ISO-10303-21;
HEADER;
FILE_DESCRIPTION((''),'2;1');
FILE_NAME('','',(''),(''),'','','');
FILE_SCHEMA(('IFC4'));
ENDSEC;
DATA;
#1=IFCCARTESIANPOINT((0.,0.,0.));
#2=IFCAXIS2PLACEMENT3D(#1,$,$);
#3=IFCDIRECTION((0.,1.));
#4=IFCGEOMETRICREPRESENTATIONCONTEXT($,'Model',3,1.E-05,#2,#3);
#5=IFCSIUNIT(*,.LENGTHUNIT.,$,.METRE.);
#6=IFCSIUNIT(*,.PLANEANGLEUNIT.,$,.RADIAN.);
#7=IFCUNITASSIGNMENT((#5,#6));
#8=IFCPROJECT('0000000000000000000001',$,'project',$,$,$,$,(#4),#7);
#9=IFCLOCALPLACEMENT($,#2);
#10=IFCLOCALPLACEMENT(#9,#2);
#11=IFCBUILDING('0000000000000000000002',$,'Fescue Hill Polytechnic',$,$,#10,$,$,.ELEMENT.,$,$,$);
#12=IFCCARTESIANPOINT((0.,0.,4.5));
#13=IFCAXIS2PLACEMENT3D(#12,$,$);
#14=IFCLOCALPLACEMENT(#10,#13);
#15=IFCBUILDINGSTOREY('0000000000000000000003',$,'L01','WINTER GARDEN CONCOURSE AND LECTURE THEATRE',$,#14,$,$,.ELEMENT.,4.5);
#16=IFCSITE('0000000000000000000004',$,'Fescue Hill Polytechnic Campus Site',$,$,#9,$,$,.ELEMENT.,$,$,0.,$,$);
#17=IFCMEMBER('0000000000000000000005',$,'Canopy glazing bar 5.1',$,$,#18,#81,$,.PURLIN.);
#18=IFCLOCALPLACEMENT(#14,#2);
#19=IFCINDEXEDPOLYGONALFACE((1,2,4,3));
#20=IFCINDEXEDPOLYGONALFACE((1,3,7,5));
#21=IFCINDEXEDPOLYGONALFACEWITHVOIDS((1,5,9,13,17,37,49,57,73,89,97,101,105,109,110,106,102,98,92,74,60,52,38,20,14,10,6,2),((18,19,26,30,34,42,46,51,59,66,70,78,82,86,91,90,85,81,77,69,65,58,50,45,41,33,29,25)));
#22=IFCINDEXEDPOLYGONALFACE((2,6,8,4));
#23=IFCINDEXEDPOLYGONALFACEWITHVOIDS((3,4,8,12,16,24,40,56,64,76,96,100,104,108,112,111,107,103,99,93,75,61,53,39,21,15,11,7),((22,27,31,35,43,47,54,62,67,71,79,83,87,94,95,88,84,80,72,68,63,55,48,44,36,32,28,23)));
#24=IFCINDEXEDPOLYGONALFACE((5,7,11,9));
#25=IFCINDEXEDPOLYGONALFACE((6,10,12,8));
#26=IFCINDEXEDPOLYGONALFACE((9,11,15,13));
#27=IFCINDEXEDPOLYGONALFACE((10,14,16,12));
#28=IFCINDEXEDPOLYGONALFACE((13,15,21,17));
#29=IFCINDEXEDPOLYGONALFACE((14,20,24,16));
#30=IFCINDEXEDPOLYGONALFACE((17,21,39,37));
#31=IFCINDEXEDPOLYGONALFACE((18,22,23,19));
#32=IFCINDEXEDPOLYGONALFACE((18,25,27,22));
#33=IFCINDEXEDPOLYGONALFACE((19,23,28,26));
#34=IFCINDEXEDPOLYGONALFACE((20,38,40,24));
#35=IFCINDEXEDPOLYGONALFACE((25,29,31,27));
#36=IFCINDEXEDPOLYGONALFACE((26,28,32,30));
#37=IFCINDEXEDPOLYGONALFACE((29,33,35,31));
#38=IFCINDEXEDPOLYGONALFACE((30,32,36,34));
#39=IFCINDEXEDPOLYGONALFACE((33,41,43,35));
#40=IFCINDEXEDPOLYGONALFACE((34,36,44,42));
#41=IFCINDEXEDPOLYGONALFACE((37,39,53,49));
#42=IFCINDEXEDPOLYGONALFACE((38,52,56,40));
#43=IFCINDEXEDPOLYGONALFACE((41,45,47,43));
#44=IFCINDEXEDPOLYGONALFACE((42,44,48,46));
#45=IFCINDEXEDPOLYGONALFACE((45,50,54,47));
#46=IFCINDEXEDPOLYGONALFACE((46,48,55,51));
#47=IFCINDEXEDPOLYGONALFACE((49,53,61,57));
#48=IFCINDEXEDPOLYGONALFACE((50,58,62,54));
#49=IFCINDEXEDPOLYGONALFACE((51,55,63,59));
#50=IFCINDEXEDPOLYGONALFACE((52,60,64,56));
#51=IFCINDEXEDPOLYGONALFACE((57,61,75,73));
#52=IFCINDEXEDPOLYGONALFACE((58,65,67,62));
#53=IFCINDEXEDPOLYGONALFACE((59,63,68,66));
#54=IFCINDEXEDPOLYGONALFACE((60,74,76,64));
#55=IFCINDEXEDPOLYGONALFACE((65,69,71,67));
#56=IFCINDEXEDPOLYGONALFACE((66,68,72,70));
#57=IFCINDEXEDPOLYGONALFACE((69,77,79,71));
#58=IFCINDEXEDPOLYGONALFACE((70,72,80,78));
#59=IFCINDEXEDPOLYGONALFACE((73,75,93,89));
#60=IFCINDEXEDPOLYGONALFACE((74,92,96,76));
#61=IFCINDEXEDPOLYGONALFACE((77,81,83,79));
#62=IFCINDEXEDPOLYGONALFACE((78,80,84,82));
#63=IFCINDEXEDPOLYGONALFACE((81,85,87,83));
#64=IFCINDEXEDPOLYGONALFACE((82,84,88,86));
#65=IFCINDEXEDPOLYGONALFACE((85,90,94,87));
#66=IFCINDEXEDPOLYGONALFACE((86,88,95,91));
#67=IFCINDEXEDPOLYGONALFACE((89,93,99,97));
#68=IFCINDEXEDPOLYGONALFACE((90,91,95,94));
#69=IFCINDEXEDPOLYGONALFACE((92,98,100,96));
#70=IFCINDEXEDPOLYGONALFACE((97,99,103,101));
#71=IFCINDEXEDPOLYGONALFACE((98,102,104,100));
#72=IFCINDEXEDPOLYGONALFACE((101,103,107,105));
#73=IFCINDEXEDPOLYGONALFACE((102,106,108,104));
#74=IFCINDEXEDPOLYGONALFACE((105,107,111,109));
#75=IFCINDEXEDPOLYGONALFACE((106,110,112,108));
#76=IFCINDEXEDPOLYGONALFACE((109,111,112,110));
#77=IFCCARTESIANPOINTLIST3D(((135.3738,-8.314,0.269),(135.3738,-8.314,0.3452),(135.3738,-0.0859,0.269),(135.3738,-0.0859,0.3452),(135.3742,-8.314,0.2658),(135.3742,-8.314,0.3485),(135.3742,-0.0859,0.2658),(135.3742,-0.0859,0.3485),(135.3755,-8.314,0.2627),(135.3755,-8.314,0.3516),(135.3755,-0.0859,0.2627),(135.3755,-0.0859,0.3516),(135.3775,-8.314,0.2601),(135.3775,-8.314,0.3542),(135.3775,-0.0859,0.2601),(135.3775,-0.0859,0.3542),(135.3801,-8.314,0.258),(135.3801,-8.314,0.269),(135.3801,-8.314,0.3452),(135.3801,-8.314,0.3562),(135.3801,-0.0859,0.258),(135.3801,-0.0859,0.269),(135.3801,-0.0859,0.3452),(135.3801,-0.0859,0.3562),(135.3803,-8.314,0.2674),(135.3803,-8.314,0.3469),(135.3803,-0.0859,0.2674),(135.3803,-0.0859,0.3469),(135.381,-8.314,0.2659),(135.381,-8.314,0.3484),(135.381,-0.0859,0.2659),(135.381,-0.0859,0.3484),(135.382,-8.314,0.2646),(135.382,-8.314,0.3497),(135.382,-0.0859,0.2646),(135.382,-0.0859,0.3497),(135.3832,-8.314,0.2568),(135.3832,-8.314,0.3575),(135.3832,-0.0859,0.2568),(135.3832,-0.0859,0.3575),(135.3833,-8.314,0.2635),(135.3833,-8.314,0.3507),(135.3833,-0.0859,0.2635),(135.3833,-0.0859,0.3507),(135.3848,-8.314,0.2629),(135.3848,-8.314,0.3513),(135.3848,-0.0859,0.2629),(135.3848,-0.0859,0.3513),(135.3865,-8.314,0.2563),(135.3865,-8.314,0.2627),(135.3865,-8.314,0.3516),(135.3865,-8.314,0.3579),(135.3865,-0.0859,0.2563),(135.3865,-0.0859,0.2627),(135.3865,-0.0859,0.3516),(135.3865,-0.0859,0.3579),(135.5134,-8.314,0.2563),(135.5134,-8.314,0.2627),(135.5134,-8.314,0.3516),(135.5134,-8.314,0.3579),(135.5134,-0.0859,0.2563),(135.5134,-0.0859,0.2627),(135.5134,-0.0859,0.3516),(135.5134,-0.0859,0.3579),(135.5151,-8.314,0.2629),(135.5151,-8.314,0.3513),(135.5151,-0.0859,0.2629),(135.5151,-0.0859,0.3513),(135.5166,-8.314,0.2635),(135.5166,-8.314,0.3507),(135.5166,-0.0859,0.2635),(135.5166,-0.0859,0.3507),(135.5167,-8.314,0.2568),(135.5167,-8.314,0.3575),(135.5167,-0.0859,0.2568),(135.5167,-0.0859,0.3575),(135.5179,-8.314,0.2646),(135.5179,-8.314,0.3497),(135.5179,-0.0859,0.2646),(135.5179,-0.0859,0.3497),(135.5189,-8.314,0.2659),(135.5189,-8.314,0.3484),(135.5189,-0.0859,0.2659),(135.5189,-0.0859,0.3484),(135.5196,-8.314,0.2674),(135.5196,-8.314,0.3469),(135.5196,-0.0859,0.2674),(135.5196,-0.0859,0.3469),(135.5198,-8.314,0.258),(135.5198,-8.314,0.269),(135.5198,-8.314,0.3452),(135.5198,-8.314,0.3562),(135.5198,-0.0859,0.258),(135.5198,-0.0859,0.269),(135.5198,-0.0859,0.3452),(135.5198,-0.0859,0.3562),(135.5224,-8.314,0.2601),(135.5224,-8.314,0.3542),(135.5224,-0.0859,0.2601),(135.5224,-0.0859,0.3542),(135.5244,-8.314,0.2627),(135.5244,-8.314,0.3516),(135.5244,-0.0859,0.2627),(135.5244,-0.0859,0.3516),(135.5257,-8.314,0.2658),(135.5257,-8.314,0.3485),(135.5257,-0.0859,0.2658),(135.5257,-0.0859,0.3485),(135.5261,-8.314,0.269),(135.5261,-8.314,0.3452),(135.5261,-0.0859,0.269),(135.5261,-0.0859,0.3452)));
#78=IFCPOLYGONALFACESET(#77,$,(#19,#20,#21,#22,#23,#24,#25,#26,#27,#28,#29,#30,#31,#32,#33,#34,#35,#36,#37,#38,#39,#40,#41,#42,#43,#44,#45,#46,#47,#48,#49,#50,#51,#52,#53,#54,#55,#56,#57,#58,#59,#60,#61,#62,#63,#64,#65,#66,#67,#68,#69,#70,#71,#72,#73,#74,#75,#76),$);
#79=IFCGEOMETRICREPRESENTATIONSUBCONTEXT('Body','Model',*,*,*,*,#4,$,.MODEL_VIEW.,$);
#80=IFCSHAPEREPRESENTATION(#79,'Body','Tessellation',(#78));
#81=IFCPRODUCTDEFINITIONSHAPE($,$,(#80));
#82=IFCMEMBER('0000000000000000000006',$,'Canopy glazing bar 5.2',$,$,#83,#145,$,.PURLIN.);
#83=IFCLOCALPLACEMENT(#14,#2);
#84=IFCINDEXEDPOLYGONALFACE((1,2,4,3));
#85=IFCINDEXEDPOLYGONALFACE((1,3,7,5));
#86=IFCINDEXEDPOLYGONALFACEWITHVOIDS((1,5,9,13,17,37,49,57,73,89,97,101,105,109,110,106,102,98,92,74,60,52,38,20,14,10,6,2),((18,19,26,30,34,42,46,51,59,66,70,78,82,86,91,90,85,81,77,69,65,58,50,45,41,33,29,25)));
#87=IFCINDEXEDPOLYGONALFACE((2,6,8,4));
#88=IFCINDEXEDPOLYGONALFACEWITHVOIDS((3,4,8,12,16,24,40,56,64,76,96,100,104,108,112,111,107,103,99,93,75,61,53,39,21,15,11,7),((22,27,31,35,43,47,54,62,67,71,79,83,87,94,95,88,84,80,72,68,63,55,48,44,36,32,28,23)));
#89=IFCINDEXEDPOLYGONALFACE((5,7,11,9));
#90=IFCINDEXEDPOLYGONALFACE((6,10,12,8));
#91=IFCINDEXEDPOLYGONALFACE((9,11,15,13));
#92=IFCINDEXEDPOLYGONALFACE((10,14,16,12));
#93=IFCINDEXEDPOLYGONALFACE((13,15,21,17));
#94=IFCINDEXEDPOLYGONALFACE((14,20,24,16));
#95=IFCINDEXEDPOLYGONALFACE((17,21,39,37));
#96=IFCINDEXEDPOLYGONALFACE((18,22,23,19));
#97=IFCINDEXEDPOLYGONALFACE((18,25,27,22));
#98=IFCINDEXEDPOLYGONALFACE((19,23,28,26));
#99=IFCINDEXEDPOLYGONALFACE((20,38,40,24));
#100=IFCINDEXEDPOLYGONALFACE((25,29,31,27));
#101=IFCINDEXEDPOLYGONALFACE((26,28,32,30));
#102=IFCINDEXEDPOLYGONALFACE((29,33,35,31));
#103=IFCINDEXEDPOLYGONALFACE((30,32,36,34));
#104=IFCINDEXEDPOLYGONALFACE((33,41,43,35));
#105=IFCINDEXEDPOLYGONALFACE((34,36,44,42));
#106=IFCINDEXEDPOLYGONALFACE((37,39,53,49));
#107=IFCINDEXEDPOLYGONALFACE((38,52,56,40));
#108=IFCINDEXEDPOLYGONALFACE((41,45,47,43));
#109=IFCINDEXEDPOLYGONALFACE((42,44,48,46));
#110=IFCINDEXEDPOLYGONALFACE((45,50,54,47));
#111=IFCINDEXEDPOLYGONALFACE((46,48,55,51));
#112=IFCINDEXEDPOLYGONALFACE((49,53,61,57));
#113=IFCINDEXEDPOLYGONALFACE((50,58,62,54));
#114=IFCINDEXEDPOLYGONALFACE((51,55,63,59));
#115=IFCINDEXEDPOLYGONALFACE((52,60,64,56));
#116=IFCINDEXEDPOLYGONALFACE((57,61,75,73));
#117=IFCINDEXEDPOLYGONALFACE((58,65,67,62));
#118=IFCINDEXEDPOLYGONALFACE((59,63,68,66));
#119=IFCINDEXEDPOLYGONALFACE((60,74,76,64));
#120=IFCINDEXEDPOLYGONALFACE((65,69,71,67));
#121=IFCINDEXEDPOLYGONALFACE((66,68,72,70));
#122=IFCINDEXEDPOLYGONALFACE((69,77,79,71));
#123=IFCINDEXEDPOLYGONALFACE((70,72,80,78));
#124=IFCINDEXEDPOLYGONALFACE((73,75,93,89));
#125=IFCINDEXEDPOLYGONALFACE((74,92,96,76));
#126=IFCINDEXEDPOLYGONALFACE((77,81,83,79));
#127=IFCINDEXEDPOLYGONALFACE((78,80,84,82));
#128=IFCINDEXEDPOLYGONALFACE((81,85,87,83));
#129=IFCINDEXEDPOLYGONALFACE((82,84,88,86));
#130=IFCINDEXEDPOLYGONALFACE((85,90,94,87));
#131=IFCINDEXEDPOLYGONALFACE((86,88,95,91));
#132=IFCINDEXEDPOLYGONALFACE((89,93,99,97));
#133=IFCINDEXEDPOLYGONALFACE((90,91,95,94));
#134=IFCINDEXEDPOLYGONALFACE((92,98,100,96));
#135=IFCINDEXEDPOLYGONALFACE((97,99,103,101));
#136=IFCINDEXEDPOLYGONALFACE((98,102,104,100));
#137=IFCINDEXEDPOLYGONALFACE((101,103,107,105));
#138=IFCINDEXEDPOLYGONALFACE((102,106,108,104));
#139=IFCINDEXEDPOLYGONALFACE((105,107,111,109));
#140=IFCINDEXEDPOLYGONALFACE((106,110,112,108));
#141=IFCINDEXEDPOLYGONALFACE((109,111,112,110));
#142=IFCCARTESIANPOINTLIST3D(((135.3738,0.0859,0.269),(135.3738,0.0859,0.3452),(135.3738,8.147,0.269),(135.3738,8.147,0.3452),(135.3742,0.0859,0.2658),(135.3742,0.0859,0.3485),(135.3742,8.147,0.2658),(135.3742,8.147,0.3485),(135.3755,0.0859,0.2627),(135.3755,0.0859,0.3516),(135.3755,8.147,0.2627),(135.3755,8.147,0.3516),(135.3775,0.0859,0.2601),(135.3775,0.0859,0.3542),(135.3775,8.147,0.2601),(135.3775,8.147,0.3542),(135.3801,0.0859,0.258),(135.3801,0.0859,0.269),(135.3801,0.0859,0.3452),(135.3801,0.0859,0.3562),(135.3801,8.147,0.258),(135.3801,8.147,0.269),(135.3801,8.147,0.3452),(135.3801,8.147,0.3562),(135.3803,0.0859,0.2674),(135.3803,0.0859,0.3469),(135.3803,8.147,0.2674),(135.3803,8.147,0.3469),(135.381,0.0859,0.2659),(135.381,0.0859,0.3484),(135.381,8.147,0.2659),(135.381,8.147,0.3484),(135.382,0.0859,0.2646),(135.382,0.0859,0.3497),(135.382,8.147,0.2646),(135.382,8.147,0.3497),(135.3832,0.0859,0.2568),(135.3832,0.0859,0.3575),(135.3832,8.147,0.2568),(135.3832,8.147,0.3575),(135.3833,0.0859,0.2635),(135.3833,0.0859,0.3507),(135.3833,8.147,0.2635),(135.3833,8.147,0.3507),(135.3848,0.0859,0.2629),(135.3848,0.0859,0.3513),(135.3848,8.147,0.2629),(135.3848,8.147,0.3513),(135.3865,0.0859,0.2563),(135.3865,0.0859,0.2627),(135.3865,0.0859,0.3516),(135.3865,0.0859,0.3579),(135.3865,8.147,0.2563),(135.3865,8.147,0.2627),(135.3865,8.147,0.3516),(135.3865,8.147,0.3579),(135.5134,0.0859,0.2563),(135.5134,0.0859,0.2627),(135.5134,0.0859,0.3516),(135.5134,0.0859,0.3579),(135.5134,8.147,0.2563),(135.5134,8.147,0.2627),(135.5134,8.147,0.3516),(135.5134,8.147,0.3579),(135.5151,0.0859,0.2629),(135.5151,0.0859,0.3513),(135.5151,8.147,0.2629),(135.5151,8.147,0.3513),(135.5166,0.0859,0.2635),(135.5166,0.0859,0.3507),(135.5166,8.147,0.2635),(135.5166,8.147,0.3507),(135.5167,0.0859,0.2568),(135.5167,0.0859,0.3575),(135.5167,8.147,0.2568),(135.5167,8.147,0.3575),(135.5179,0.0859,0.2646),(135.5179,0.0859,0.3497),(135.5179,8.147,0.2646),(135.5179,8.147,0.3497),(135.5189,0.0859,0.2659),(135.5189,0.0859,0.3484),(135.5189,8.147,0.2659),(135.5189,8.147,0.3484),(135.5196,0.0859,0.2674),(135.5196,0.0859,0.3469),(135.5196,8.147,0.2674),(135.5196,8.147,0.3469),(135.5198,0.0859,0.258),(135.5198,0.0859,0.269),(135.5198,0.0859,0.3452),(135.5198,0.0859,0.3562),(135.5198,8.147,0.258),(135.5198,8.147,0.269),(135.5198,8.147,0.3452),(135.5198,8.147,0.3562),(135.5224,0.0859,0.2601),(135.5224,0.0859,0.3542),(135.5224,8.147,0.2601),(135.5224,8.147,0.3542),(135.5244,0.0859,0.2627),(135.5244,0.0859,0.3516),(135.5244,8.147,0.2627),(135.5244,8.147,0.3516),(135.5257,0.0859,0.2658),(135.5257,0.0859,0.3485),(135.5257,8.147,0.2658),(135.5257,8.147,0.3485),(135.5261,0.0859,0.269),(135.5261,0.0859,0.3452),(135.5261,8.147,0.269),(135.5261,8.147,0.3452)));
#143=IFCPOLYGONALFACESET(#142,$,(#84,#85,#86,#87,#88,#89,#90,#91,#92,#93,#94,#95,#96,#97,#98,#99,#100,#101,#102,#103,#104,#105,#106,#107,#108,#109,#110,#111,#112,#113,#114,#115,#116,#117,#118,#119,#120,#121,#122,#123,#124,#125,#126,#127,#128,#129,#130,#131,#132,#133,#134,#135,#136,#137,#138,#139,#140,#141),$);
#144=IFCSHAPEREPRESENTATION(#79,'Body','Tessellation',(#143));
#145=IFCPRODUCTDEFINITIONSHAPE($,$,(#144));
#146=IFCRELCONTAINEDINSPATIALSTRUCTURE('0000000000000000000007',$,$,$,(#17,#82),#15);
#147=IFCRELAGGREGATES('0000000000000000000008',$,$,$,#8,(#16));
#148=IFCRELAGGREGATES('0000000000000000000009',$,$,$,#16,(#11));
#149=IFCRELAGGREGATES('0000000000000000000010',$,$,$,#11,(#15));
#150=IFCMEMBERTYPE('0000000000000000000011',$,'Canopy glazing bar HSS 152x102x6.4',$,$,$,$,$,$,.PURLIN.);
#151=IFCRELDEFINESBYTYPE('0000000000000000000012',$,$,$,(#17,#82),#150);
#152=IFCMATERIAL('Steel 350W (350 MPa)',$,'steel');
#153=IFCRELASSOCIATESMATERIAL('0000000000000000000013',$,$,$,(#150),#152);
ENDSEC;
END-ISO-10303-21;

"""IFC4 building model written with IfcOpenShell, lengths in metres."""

from ifc_helpers import new_model, si_unit, direction, frame, origin, origin_2d, place, context, subcontext, project, spatial, hollow_rectangle, extrude, material, material_profile, profile_set, type_object, element, save


model = new_model("IFC4")

# Units and contexts
model_context = context("Model", 3, precision=1e-05, world=origin(), true_north=direction((0.0, 1.0)))
body_context = subcontext(model_context, "Body", "Model", "MODEL_VIEW")
ifc_project = project(units=[si_unit("LENGTHUNIT", "METRE"), si_unit("PLANEANGLEUNIT", "RADIAN")], contexts=[model_context])

# Site, building, storey
site_placement = place(None, origin())
site = spatial("IfcSite", under=ifc_project, at=site_placement, Name="Fescue Hill Polytechnic Campus Site", CompositionType="ELEMENT", RefElevation=0.0)
building_placement = place(site_placement, origin())
building = spatial("IfcBuilding", under=site, at=building_placement, Name="Fescue Hill Polytechnic", CompositionType="ELEMENT")
storey_placement = place(building_placement, frame((0.0, 0.0, 4.5)))
storey = spatial("IfcBuildingStorey", under=building, at=storey_placement, Name="L01", Description="WINTER GARDEN CONCOURSE AND LECTURE THEATRE", CompositionType="ELEMENT", Elevation=4.5)

# Members
ifc_material_1 = material(Name="Steel 350W (350 MPa)", Category="steel")
ifc_material_profile_1 = material_profile(ifc_material_1, hollow_rectangle(XDim=0.1016, YDim=0.1523, WallThickness=0.0063, InnerFilletRadius=0.0063, OuterFilletRadius=0.0127, at=origin_2d()), Name="Canopy glazing bar HSS 152x102x6.4")
ifc_profile_set_1 = profile_set([ifc_material_profile_1], Name="Steel 350W (350 MPa)")
member_type_1 = type_object("IfcMemberType", Name="Canopy glazing bar HSS 152x102x6.4", PredefinedType="PURLIN", material=ifc_profile_set_1)
member_1_placement = place(storey_placement, frame((135.45, -8.314, 0.3071), z_axis=(0.0, 1.0, 0.0), x_axis=(0.0, 0.0, 1.0)))
element("IfcMember", 1, at=member_1_placement, inside=storey, type_object=member_type_1, Name="Canopy glazing bar 5.1", PredefinedType="PURLIN", context=body_context, shape_type="SweptSolid", body=[
    extrude(hollow_rectangle(XDim=0.1016, YDim=0.1523, WallThickness=0.0063, InnerFilletRadius=0.0063, OuterFilletRadius=0.0127, at=origin_2d()), origin(), (0.0, 0.0, 1.0), 8.228),
])
member_2_placement = place(storey_placement, frame((135.45, 0.0859, 0.3071), z_axis=(0.0, 1.0, 0.0), x_axis=(0.0, 0.0, 1.0)))
element("IfcMember", 2, at=member_2_placement, inside=storey, type_object=member_type_1, Name="Canopy glazing bar 5.2", PredefinedType="PURLIN", context=body_context, shape_type="SweptSolid", body=[
    extrude(hollow_rectangle(XDim=0.1016, YDim=0.1523, WallThickness=0.0063, InnerFilletRadius=0.0063, OuterFilletRadius=0.0127, at=origin_2d()), origin(), (0.0, 0.0, 1.0), 8.061),
])

save(model, "model.ifc")
